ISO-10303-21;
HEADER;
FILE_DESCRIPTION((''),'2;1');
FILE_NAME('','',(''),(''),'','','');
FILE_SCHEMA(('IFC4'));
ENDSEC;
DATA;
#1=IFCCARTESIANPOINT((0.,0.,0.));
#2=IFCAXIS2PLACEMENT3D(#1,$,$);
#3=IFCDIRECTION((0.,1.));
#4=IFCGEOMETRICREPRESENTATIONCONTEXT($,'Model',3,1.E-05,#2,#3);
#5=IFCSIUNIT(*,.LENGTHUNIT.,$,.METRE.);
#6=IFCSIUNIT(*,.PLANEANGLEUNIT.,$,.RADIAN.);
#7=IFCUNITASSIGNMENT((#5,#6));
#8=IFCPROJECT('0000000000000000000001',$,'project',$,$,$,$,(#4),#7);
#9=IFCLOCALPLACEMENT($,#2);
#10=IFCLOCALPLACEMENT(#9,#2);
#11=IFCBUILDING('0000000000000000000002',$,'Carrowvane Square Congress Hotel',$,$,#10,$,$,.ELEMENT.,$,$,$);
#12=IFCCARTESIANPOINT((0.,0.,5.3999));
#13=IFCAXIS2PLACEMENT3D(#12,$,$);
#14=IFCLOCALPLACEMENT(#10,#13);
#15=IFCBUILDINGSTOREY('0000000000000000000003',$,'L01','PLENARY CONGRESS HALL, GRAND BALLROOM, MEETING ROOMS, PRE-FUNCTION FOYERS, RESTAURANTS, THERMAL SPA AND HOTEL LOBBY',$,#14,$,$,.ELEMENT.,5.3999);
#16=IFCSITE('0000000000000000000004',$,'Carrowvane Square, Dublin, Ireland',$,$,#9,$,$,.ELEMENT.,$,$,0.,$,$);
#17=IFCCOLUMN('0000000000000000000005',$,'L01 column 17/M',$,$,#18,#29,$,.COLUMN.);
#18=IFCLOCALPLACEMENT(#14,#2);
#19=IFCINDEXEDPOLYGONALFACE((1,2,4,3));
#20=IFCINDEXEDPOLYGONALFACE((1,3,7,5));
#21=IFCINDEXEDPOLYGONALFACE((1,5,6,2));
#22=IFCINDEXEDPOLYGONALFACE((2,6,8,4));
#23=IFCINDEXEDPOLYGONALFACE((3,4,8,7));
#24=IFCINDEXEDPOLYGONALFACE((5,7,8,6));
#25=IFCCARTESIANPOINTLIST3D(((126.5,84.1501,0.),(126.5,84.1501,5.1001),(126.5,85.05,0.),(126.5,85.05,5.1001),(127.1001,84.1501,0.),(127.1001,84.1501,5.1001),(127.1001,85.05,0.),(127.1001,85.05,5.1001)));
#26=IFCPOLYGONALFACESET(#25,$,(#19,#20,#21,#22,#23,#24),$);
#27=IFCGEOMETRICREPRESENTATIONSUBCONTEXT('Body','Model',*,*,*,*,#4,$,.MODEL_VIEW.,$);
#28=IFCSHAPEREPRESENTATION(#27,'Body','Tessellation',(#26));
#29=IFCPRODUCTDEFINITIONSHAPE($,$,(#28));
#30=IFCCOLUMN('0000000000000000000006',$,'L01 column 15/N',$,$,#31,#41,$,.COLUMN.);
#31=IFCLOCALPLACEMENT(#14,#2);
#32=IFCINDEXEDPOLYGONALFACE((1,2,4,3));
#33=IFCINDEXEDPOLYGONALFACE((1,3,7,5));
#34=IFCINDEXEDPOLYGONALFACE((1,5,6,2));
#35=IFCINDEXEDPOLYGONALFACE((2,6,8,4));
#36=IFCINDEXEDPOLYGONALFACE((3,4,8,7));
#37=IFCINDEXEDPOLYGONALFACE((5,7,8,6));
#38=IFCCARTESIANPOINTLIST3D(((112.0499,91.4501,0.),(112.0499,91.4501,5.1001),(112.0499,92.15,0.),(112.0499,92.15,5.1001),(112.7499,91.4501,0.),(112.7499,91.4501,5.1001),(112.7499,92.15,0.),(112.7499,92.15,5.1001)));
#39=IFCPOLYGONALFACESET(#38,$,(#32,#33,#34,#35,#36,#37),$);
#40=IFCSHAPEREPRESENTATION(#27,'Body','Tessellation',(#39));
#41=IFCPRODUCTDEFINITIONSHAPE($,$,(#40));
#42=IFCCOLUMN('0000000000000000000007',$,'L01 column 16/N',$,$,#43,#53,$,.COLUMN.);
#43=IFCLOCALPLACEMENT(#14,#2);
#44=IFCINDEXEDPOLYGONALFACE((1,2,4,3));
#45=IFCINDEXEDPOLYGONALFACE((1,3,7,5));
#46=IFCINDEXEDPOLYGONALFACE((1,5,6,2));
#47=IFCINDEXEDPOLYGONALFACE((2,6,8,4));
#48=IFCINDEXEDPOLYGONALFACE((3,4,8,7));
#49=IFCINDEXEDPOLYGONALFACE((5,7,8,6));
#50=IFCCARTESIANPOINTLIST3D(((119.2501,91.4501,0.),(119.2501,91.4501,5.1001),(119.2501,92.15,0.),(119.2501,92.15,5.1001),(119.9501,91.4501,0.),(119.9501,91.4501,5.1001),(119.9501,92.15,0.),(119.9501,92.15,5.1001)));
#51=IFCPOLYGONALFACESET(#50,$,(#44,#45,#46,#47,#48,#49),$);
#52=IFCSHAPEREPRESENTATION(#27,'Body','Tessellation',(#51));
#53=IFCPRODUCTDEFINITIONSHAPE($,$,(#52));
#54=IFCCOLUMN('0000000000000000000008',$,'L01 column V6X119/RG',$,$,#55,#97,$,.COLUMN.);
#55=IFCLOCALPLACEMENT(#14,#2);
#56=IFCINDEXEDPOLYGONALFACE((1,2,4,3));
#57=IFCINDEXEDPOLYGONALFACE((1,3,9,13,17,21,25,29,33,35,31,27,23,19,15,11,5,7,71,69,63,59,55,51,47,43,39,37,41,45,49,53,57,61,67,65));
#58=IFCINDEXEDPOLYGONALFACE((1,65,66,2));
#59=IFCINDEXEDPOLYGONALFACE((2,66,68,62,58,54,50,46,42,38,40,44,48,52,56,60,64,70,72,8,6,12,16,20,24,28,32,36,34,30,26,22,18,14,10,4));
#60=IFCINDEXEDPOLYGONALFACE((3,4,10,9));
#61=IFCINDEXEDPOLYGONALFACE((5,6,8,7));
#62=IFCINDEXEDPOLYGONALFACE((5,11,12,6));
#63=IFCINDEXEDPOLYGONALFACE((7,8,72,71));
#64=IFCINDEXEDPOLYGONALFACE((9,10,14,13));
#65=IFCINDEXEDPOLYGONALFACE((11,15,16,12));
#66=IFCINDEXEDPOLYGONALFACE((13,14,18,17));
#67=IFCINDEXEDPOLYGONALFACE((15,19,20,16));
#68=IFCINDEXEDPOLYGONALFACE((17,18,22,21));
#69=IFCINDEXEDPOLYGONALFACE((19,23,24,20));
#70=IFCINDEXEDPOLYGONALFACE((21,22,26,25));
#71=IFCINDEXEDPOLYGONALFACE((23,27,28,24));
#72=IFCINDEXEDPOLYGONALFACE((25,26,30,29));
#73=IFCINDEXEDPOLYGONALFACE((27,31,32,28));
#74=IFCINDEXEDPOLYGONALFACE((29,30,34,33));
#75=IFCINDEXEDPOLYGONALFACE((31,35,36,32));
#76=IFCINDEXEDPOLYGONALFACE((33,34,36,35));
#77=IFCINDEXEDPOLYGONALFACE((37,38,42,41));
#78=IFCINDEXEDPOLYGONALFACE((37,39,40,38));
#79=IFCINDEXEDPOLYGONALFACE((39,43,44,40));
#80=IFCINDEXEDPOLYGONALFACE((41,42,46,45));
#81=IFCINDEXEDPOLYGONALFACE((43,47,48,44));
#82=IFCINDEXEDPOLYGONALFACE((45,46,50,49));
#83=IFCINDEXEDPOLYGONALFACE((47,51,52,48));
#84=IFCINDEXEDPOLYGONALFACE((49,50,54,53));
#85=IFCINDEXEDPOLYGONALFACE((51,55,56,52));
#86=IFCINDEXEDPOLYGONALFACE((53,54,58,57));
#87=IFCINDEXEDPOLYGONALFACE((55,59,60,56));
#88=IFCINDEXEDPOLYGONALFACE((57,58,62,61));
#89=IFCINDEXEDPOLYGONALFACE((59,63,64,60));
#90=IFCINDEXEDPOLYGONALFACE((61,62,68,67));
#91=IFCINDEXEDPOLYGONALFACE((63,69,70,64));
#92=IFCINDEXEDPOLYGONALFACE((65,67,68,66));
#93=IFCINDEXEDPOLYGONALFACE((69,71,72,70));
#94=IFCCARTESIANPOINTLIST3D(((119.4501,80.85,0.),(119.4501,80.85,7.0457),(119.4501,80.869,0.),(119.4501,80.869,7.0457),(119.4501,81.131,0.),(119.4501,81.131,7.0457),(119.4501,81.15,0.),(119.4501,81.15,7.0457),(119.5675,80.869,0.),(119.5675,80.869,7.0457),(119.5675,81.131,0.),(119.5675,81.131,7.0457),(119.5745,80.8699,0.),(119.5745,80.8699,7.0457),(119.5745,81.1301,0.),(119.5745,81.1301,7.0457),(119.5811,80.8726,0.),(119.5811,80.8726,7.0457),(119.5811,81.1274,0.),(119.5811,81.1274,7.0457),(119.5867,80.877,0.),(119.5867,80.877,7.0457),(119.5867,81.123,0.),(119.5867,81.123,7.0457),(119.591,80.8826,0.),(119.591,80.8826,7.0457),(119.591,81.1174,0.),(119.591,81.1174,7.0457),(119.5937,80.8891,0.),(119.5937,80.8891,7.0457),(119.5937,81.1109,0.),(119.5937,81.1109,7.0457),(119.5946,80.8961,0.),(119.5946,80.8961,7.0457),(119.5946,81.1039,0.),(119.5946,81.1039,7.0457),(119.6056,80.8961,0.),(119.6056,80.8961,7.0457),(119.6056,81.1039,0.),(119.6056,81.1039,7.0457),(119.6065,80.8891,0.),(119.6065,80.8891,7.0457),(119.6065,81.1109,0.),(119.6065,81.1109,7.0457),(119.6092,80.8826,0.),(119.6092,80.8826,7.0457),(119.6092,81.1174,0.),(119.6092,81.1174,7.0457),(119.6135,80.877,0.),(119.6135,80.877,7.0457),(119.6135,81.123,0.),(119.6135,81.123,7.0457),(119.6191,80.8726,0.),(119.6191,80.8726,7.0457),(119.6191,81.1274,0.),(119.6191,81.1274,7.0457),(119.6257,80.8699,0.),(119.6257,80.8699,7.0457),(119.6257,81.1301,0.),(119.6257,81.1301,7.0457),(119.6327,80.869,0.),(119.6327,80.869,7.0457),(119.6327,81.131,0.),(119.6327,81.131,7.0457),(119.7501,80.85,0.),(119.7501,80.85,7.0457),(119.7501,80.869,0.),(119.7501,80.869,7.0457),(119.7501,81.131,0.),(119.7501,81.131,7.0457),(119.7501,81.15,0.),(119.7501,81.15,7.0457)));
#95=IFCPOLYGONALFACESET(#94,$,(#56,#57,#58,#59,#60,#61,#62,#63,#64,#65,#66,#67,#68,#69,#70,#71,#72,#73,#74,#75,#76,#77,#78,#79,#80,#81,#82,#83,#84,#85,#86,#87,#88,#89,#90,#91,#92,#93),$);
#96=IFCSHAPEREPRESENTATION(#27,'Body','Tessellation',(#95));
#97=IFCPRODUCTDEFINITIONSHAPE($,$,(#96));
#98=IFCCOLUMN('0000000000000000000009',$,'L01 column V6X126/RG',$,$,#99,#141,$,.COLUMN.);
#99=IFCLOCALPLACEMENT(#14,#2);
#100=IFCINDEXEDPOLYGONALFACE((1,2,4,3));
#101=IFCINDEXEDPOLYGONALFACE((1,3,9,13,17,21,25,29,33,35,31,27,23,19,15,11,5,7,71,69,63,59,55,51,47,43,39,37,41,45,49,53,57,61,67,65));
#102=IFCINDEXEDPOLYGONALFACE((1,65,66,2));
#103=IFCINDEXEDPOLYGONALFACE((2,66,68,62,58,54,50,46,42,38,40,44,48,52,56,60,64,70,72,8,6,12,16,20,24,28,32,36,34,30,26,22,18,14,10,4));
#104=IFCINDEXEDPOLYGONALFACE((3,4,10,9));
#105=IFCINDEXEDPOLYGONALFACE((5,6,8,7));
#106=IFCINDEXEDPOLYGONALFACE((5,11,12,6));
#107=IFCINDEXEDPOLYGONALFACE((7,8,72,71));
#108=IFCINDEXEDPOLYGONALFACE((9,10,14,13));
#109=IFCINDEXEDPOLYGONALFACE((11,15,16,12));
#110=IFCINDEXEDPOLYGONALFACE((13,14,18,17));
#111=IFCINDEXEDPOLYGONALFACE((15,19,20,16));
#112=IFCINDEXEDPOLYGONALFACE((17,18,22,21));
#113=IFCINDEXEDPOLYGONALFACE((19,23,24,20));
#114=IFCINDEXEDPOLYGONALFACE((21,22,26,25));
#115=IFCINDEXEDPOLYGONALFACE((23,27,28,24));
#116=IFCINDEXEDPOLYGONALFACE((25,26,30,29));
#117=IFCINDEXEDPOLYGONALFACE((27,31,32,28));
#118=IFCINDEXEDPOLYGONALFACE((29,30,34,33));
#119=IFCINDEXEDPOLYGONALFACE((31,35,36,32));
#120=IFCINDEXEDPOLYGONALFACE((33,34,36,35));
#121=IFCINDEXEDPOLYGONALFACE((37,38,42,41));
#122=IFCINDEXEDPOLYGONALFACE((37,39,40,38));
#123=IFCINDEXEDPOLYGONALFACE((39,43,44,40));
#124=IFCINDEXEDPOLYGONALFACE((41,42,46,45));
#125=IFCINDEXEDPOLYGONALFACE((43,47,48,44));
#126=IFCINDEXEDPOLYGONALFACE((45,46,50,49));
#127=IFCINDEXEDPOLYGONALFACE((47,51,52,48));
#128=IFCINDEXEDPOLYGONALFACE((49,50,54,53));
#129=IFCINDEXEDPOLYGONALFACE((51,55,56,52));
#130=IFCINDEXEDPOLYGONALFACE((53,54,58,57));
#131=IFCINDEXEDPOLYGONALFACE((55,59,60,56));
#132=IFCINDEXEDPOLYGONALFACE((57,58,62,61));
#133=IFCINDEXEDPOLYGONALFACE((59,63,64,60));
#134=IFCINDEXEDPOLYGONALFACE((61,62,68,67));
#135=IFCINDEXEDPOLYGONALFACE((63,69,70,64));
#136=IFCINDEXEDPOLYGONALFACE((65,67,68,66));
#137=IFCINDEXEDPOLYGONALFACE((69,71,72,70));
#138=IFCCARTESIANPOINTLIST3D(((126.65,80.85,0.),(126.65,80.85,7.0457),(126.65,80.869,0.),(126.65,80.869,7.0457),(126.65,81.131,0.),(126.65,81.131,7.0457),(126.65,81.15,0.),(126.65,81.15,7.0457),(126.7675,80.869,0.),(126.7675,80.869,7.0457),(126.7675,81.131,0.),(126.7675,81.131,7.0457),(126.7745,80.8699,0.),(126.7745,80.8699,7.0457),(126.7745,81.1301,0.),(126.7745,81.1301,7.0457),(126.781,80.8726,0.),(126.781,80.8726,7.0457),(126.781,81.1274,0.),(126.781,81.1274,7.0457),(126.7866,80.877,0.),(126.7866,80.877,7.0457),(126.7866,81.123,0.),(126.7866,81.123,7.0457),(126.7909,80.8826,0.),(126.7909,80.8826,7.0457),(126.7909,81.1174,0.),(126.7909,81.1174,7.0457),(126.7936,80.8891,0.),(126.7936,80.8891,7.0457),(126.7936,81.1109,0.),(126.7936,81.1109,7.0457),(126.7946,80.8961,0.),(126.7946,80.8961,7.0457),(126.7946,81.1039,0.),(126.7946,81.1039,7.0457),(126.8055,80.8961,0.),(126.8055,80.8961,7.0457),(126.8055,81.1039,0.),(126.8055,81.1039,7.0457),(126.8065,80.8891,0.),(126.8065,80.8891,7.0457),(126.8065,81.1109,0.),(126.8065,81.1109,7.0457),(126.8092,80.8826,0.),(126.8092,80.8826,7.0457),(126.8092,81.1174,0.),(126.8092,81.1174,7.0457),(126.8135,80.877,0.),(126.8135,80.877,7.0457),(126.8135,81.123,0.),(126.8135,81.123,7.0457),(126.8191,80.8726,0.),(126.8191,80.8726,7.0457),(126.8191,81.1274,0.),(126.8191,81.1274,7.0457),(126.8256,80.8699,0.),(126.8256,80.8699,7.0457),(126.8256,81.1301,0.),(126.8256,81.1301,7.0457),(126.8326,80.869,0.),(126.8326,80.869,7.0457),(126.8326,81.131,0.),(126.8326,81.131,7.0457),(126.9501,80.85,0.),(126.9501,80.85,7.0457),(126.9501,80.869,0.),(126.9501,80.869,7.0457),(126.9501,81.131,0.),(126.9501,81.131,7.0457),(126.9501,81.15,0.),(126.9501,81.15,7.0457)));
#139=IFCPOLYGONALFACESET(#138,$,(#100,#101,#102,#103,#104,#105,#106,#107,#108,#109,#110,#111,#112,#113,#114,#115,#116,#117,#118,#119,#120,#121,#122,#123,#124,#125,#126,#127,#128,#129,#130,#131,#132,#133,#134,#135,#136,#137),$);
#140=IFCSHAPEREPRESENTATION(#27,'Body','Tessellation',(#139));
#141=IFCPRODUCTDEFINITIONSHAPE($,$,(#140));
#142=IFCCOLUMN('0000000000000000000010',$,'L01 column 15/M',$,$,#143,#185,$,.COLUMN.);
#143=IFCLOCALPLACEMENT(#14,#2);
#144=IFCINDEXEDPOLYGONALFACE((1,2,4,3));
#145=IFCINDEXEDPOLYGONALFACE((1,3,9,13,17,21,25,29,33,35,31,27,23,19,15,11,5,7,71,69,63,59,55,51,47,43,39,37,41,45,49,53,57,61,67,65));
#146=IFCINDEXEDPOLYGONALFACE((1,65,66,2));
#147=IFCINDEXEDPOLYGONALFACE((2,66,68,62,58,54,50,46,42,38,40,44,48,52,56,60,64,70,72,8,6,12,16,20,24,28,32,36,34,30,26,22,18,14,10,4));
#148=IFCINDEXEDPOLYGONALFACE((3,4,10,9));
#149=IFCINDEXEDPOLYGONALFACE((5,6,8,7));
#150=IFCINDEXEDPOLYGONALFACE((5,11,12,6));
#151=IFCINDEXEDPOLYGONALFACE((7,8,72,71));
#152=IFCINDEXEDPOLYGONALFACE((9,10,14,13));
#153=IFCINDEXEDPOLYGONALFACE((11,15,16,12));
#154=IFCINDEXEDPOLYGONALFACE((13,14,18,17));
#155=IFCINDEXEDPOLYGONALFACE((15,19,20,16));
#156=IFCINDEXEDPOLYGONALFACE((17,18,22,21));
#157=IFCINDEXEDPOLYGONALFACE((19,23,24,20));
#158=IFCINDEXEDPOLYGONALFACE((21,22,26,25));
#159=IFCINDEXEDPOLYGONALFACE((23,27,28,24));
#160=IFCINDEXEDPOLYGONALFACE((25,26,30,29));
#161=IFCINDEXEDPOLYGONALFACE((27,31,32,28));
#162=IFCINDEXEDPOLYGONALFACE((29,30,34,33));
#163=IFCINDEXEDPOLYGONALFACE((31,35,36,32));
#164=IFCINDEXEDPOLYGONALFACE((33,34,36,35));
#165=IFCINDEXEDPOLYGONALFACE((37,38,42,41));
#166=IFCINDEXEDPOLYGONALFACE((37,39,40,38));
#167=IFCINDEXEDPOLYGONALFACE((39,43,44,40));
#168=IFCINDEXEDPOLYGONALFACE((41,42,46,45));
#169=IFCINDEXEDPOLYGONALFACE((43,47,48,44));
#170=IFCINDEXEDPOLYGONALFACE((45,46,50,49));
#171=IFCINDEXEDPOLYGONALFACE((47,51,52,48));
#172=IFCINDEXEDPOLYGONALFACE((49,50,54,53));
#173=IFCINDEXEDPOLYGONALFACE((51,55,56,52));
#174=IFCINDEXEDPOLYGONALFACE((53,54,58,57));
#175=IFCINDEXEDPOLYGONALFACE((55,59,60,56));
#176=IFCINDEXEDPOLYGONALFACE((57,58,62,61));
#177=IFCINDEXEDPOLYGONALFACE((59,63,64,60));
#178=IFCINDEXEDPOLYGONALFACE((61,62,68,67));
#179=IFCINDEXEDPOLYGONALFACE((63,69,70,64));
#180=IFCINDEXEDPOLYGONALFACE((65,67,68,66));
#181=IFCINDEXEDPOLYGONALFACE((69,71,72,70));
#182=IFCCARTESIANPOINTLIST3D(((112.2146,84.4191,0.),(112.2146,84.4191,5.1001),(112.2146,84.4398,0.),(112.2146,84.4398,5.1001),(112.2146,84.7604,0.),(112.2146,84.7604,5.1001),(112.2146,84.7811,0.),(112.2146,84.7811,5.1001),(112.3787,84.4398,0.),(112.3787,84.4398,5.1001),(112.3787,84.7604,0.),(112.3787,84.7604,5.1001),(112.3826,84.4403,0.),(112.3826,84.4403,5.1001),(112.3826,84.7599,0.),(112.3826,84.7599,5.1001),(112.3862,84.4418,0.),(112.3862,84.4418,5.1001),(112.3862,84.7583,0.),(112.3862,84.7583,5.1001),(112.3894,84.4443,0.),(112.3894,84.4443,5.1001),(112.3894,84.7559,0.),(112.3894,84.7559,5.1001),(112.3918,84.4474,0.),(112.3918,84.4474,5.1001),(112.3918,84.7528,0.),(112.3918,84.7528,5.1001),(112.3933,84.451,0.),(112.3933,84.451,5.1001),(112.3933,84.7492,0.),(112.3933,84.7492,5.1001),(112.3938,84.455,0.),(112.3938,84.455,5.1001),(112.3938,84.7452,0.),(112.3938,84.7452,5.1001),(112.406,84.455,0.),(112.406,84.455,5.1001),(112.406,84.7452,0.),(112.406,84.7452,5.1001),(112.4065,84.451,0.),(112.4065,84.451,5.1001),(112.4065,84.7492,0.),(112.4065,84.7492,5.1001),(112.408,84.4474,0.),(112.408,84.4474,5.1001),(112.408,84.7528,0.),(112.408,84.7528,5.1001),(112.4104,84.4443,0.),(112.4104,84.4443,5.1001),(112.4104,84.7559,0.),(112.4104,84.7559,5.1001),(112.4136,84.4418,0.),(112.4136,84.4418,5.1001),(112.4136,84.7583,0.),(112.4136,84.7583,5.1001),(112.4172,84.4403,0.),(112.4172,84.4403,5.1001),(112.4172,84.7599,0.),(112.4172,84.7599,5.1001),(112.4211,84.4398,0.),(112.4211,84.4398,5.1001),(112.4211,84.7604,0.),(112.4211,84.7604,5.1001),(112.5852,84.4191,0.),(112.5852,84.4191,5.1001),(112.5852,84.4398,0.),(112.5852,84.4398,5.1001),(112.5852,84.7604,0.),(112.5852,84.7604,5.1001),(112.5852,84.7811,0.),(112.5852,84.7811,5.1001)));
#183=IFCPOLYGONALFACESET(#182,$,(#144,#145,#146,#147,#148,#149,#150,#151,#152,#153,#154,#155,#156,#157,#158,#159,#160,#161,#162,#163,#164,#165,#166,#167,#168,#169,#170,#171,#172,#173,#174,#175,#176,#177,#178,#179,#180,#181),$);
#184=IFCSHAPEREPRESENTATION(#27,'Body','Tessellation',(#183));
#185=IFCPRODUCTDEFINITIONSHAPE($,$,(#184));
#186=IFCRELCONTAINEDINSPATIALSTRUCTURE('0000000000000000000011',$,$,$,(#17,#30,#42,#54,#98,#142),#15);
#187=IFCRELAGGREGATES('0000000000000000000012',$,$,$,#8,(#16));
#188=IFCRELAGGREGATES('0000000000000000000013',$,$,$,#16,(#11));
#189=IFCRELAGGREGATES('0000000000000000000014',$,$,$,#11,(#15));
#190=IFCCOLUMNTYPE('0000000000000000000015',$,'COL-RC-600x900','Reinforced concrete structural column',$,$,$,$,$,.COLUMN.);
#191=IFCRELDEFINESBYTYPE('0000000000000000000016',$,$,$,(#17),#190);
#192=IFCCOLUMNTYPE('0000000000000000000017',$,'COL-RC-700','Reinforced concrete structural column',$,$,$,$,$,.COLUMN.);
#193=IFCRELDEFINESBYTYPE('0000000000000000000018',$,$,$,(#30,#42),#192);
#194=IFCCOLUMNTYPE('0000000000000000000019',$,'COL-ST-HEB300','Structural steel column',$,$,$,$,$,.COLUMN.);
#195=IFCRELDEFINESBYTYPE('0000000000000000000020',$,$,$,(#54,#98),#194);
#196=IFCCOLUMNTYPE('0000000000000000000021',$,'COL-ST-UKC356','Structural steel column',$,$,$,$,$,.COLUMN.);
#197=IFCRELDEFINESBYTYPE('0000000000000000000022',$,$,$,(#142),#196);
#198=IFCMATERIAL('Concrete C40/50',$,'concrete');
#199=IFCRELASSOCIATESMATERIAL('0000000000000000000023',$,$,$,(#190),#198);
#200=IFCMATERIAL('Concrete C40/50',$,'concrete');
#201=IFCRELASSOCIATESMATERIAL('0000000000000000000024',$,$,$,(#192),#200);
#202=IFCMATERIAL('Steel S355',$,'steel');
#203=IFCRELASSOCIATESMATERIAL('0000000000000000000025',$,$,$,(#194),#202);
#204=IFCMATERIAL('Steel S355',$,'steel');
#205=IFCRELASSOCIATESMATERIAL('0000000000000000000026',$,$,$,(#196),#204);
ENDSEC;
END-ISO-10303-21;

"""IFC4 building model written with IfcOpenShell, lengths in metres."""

from ifc_helpers import new_model, si_unit, direction, frame, origin, origin_2d, place, context, subcontext, project, spatial, rectangle, i_section, extrude, material, material_profile, profile_set, type_object, element, save


model = new_model("IFC4")

# Units and contexts
model_context = context("Model", 3, precision=1e-05, world=origin(), true_north=direction((0.0, 1.0)))
body_context = subcontext(model_context, "Body", "Model", "MODEL_VIEW")
ifc_project = project(units=[si_unit("LENGTHUNIT", "METRE"), si_unit("PLANEANGLEUNIT", "RADIAN")], contexts=[model_context])

# Site, building, storey
site_placement = place(None, origin())
site = spatial("IfcSite", under=ifc_project, at=site_placement, Name="Carrowvane Square, Dublin, Ireland", CompositionType="ELEMENT", RefElevation=0.0)
building_placement = place(site_placement, origin())
building = spatial("IfcBuilding", under=site, at=building_placement, Name="Carrowvane Square Congress Hotel", CompositionType="ELEMENT")
storey_placement = place(building_placement, frame((0.0, 0.0, 5.3999)))
storey = spatial("IfcBuildingStorey", under=building, at=storey_placement, Name="L01", Description="PLENARY CONGRESS HALL, GRAND BALLROOM, MEETING ROOMS, PRE-FUNCTION FOYERS, RESTAURANTS, THERMAL SPA AND HOTEL LOBBY", CompositionType="ELEMENT", Elevation=5.3999)

# Columns
ifc_material_1 = material(Name="Concrete C40/50", Category="concrete")
ifc_material_profile_1 = material_profile(ifc_material_1, rectangle(XDim=0.6001, YDim=0.8999, at=origin_2d()), Name="RC 600x900")
ifc_profile_set_1 = profile_set([ifc_material_profile_1], Name="Concrete C40/50")
column_type_1 = type_object("IfcColumnType", Name="COL-RC-600x900", Description="Reinforced concrete structural column", PredefinedType="COLUMN", material=ifc_profile_set_1)
column_placement = place(storey_placement, frame((126.8, 84.6001, 0.0), z_axis=(0.0, 0.0, 1.0), x_axis=(1.0, 0.0, 0.0)))
element("IfcColumn", 1, at=column_placement, inside=storey, type_object=column_type_1, Name="L01 column 17/M", PredefinedType="COLUMN", context=body_context, shape_type="SweptSolid", body=[
    extrude(rectangle(XDim=0.6001, YDim=0.8999, at=origin_2d()), origin(), (0.0, 0.0, 1.0), 5.1001),
])
ifc_material_2 = material(Name="Concrete C40/50", Category="concrete")
ifc_material_profile_2 = material_profile(ifc_material_2, rectangle(XDim=0.7, YDim=0.7, at=origin_2d()), Name="RC 700x700")
ifc_profile_set_2 = profile_set([ifc_material_profile_2], Name="Concrete C40/50")
column_type_2 = type_object("IfcColumnType", Name="COL-RC-700", Description="Reinforced concrete structural column", PredefinedType="COLUMN", material=ifc_profile_set_2)
for number, where, z_axis, x_axis, name in (
    (2, (112.3999, 91.8, 0.0), (0.0, 0.0, 1.0), (1.0, 0.0, 0.0), "L01 column 15/N"),
    (3, (119.6001, 91.8, 0.0), (0.0, 0.0, 1.0), (1.0, 0.0, 0.0), "L01 column 16/N"),
):
    element("IfcColumn", number, at=place(storey_placement, frame(where, z_axis=z_axis, x_axis=x_axis)), inside=storey, type_object=column_type_2, Name=name, PredefinedType="COLUMN", context=body_context, shape_type="SweptSolid", body=[
        extrude(rectangle(XDim=0.7, YDim=0.7, at=origin_2d()), origin(), (0.0, 0.0, 1.0), 5.1001),
    ])
ifc_material_3 = material(Name="Steel S355", Category="steel")
ifc_material_profile_3 = material_profile(ifc_material_3, i_section(OverallWidth=0.3, OverallDepth=0.3, WebThickness=0.011, FlangeThickness=0.019, FilletRadius=0.0271, at=origin_2d()), Name="HEB 300")
ifc_profile_set_3 = profile_set([ifc_material_profile_3], Name="Steel S355")
column_type_3 = type_object("IfcColumnType", Name="COL-ST-HEB300", Description="Structural steel column", PredefinedType="COLUMN", material=ifc_profile_set_3)
for number, where, z_axis, x_axis, name in (
    (4, (119.6001, 81.0, 0.0), (0.0, 0.0, 1.0), (1.0, 0.0, 0.0), "L01 column V6X119/RG"),
    (5, (126.8, 81.0, 0.0), (0.0, 0.0, 1.0), (1.0, 0.0, 0.0), "L01 column V6X126/RG"),
):
    element("IfcColumn", number, at=place(storey_placement, frame(where, z_axis=z_axis, x_axis=x_axis)), inside=storey, type_object=column_type_3, Name=name, PredefinedType="COLUMN", context=body_context, shape_type="SweptSolid", body=[
        extrude(i_section(OverallWidth=0.3, OverallDepth=0.3, WebThickness=0.011, FlangeThickness=0.019, FilletRadius=0.0271, at=origin_2d()), origin(), (0.0, 0.0, 1.0), 7.0457),
    ])
ifc_material_4 = material(Name="Steel S355", Category="steel")
ifc_material_profile_4 = material_profile(ifc_material_4, i_section(OverallWidth=0.3706, OverallDepth=0.3621, WebThickness=0.0122, FlangeThickness=0.0208, FilletRadius=0.0151, at=origin_2d()), Name="UKC 356x368x153")
ifc_profile_set_4 = profile_set([ifc_material_profile_4], Name="Steel S355")
column_type_4 = type_object("IfcColumnType", Name="COL-ST-UKC356", Description="Structural steel column", PredefinedType="COLUMN", material=ifc_profile_set_4)
for number, where, z_axis, x_axis, name in (
    (6, (112.3999, 84.6001, 0.0), (0.0, 0.0, 1.0), (1.0, 0.0, 0.0), "L01 column 15/M"),
):
    element("IfcColumn", number, at=place(storey_placement, frame(where, z_axis=z_axis, x_axis=x_axis)), inside=storey, type_object=column_type_4, Name=name, PredefinedType="COLUMN", context=body_context, shape_type="SweptSolid", body=[
        extrude(i_section(OverallWidth=0.3706, OverallDepth=0.3621, WebThickness=0.0122, FlangeThickness=0.0208, FilletRadius=0.0151, at=origin_2d()), origin(), (0.0, 0.0, 1.0), 5.1001),
    ])

save(model, "model.ifc")
